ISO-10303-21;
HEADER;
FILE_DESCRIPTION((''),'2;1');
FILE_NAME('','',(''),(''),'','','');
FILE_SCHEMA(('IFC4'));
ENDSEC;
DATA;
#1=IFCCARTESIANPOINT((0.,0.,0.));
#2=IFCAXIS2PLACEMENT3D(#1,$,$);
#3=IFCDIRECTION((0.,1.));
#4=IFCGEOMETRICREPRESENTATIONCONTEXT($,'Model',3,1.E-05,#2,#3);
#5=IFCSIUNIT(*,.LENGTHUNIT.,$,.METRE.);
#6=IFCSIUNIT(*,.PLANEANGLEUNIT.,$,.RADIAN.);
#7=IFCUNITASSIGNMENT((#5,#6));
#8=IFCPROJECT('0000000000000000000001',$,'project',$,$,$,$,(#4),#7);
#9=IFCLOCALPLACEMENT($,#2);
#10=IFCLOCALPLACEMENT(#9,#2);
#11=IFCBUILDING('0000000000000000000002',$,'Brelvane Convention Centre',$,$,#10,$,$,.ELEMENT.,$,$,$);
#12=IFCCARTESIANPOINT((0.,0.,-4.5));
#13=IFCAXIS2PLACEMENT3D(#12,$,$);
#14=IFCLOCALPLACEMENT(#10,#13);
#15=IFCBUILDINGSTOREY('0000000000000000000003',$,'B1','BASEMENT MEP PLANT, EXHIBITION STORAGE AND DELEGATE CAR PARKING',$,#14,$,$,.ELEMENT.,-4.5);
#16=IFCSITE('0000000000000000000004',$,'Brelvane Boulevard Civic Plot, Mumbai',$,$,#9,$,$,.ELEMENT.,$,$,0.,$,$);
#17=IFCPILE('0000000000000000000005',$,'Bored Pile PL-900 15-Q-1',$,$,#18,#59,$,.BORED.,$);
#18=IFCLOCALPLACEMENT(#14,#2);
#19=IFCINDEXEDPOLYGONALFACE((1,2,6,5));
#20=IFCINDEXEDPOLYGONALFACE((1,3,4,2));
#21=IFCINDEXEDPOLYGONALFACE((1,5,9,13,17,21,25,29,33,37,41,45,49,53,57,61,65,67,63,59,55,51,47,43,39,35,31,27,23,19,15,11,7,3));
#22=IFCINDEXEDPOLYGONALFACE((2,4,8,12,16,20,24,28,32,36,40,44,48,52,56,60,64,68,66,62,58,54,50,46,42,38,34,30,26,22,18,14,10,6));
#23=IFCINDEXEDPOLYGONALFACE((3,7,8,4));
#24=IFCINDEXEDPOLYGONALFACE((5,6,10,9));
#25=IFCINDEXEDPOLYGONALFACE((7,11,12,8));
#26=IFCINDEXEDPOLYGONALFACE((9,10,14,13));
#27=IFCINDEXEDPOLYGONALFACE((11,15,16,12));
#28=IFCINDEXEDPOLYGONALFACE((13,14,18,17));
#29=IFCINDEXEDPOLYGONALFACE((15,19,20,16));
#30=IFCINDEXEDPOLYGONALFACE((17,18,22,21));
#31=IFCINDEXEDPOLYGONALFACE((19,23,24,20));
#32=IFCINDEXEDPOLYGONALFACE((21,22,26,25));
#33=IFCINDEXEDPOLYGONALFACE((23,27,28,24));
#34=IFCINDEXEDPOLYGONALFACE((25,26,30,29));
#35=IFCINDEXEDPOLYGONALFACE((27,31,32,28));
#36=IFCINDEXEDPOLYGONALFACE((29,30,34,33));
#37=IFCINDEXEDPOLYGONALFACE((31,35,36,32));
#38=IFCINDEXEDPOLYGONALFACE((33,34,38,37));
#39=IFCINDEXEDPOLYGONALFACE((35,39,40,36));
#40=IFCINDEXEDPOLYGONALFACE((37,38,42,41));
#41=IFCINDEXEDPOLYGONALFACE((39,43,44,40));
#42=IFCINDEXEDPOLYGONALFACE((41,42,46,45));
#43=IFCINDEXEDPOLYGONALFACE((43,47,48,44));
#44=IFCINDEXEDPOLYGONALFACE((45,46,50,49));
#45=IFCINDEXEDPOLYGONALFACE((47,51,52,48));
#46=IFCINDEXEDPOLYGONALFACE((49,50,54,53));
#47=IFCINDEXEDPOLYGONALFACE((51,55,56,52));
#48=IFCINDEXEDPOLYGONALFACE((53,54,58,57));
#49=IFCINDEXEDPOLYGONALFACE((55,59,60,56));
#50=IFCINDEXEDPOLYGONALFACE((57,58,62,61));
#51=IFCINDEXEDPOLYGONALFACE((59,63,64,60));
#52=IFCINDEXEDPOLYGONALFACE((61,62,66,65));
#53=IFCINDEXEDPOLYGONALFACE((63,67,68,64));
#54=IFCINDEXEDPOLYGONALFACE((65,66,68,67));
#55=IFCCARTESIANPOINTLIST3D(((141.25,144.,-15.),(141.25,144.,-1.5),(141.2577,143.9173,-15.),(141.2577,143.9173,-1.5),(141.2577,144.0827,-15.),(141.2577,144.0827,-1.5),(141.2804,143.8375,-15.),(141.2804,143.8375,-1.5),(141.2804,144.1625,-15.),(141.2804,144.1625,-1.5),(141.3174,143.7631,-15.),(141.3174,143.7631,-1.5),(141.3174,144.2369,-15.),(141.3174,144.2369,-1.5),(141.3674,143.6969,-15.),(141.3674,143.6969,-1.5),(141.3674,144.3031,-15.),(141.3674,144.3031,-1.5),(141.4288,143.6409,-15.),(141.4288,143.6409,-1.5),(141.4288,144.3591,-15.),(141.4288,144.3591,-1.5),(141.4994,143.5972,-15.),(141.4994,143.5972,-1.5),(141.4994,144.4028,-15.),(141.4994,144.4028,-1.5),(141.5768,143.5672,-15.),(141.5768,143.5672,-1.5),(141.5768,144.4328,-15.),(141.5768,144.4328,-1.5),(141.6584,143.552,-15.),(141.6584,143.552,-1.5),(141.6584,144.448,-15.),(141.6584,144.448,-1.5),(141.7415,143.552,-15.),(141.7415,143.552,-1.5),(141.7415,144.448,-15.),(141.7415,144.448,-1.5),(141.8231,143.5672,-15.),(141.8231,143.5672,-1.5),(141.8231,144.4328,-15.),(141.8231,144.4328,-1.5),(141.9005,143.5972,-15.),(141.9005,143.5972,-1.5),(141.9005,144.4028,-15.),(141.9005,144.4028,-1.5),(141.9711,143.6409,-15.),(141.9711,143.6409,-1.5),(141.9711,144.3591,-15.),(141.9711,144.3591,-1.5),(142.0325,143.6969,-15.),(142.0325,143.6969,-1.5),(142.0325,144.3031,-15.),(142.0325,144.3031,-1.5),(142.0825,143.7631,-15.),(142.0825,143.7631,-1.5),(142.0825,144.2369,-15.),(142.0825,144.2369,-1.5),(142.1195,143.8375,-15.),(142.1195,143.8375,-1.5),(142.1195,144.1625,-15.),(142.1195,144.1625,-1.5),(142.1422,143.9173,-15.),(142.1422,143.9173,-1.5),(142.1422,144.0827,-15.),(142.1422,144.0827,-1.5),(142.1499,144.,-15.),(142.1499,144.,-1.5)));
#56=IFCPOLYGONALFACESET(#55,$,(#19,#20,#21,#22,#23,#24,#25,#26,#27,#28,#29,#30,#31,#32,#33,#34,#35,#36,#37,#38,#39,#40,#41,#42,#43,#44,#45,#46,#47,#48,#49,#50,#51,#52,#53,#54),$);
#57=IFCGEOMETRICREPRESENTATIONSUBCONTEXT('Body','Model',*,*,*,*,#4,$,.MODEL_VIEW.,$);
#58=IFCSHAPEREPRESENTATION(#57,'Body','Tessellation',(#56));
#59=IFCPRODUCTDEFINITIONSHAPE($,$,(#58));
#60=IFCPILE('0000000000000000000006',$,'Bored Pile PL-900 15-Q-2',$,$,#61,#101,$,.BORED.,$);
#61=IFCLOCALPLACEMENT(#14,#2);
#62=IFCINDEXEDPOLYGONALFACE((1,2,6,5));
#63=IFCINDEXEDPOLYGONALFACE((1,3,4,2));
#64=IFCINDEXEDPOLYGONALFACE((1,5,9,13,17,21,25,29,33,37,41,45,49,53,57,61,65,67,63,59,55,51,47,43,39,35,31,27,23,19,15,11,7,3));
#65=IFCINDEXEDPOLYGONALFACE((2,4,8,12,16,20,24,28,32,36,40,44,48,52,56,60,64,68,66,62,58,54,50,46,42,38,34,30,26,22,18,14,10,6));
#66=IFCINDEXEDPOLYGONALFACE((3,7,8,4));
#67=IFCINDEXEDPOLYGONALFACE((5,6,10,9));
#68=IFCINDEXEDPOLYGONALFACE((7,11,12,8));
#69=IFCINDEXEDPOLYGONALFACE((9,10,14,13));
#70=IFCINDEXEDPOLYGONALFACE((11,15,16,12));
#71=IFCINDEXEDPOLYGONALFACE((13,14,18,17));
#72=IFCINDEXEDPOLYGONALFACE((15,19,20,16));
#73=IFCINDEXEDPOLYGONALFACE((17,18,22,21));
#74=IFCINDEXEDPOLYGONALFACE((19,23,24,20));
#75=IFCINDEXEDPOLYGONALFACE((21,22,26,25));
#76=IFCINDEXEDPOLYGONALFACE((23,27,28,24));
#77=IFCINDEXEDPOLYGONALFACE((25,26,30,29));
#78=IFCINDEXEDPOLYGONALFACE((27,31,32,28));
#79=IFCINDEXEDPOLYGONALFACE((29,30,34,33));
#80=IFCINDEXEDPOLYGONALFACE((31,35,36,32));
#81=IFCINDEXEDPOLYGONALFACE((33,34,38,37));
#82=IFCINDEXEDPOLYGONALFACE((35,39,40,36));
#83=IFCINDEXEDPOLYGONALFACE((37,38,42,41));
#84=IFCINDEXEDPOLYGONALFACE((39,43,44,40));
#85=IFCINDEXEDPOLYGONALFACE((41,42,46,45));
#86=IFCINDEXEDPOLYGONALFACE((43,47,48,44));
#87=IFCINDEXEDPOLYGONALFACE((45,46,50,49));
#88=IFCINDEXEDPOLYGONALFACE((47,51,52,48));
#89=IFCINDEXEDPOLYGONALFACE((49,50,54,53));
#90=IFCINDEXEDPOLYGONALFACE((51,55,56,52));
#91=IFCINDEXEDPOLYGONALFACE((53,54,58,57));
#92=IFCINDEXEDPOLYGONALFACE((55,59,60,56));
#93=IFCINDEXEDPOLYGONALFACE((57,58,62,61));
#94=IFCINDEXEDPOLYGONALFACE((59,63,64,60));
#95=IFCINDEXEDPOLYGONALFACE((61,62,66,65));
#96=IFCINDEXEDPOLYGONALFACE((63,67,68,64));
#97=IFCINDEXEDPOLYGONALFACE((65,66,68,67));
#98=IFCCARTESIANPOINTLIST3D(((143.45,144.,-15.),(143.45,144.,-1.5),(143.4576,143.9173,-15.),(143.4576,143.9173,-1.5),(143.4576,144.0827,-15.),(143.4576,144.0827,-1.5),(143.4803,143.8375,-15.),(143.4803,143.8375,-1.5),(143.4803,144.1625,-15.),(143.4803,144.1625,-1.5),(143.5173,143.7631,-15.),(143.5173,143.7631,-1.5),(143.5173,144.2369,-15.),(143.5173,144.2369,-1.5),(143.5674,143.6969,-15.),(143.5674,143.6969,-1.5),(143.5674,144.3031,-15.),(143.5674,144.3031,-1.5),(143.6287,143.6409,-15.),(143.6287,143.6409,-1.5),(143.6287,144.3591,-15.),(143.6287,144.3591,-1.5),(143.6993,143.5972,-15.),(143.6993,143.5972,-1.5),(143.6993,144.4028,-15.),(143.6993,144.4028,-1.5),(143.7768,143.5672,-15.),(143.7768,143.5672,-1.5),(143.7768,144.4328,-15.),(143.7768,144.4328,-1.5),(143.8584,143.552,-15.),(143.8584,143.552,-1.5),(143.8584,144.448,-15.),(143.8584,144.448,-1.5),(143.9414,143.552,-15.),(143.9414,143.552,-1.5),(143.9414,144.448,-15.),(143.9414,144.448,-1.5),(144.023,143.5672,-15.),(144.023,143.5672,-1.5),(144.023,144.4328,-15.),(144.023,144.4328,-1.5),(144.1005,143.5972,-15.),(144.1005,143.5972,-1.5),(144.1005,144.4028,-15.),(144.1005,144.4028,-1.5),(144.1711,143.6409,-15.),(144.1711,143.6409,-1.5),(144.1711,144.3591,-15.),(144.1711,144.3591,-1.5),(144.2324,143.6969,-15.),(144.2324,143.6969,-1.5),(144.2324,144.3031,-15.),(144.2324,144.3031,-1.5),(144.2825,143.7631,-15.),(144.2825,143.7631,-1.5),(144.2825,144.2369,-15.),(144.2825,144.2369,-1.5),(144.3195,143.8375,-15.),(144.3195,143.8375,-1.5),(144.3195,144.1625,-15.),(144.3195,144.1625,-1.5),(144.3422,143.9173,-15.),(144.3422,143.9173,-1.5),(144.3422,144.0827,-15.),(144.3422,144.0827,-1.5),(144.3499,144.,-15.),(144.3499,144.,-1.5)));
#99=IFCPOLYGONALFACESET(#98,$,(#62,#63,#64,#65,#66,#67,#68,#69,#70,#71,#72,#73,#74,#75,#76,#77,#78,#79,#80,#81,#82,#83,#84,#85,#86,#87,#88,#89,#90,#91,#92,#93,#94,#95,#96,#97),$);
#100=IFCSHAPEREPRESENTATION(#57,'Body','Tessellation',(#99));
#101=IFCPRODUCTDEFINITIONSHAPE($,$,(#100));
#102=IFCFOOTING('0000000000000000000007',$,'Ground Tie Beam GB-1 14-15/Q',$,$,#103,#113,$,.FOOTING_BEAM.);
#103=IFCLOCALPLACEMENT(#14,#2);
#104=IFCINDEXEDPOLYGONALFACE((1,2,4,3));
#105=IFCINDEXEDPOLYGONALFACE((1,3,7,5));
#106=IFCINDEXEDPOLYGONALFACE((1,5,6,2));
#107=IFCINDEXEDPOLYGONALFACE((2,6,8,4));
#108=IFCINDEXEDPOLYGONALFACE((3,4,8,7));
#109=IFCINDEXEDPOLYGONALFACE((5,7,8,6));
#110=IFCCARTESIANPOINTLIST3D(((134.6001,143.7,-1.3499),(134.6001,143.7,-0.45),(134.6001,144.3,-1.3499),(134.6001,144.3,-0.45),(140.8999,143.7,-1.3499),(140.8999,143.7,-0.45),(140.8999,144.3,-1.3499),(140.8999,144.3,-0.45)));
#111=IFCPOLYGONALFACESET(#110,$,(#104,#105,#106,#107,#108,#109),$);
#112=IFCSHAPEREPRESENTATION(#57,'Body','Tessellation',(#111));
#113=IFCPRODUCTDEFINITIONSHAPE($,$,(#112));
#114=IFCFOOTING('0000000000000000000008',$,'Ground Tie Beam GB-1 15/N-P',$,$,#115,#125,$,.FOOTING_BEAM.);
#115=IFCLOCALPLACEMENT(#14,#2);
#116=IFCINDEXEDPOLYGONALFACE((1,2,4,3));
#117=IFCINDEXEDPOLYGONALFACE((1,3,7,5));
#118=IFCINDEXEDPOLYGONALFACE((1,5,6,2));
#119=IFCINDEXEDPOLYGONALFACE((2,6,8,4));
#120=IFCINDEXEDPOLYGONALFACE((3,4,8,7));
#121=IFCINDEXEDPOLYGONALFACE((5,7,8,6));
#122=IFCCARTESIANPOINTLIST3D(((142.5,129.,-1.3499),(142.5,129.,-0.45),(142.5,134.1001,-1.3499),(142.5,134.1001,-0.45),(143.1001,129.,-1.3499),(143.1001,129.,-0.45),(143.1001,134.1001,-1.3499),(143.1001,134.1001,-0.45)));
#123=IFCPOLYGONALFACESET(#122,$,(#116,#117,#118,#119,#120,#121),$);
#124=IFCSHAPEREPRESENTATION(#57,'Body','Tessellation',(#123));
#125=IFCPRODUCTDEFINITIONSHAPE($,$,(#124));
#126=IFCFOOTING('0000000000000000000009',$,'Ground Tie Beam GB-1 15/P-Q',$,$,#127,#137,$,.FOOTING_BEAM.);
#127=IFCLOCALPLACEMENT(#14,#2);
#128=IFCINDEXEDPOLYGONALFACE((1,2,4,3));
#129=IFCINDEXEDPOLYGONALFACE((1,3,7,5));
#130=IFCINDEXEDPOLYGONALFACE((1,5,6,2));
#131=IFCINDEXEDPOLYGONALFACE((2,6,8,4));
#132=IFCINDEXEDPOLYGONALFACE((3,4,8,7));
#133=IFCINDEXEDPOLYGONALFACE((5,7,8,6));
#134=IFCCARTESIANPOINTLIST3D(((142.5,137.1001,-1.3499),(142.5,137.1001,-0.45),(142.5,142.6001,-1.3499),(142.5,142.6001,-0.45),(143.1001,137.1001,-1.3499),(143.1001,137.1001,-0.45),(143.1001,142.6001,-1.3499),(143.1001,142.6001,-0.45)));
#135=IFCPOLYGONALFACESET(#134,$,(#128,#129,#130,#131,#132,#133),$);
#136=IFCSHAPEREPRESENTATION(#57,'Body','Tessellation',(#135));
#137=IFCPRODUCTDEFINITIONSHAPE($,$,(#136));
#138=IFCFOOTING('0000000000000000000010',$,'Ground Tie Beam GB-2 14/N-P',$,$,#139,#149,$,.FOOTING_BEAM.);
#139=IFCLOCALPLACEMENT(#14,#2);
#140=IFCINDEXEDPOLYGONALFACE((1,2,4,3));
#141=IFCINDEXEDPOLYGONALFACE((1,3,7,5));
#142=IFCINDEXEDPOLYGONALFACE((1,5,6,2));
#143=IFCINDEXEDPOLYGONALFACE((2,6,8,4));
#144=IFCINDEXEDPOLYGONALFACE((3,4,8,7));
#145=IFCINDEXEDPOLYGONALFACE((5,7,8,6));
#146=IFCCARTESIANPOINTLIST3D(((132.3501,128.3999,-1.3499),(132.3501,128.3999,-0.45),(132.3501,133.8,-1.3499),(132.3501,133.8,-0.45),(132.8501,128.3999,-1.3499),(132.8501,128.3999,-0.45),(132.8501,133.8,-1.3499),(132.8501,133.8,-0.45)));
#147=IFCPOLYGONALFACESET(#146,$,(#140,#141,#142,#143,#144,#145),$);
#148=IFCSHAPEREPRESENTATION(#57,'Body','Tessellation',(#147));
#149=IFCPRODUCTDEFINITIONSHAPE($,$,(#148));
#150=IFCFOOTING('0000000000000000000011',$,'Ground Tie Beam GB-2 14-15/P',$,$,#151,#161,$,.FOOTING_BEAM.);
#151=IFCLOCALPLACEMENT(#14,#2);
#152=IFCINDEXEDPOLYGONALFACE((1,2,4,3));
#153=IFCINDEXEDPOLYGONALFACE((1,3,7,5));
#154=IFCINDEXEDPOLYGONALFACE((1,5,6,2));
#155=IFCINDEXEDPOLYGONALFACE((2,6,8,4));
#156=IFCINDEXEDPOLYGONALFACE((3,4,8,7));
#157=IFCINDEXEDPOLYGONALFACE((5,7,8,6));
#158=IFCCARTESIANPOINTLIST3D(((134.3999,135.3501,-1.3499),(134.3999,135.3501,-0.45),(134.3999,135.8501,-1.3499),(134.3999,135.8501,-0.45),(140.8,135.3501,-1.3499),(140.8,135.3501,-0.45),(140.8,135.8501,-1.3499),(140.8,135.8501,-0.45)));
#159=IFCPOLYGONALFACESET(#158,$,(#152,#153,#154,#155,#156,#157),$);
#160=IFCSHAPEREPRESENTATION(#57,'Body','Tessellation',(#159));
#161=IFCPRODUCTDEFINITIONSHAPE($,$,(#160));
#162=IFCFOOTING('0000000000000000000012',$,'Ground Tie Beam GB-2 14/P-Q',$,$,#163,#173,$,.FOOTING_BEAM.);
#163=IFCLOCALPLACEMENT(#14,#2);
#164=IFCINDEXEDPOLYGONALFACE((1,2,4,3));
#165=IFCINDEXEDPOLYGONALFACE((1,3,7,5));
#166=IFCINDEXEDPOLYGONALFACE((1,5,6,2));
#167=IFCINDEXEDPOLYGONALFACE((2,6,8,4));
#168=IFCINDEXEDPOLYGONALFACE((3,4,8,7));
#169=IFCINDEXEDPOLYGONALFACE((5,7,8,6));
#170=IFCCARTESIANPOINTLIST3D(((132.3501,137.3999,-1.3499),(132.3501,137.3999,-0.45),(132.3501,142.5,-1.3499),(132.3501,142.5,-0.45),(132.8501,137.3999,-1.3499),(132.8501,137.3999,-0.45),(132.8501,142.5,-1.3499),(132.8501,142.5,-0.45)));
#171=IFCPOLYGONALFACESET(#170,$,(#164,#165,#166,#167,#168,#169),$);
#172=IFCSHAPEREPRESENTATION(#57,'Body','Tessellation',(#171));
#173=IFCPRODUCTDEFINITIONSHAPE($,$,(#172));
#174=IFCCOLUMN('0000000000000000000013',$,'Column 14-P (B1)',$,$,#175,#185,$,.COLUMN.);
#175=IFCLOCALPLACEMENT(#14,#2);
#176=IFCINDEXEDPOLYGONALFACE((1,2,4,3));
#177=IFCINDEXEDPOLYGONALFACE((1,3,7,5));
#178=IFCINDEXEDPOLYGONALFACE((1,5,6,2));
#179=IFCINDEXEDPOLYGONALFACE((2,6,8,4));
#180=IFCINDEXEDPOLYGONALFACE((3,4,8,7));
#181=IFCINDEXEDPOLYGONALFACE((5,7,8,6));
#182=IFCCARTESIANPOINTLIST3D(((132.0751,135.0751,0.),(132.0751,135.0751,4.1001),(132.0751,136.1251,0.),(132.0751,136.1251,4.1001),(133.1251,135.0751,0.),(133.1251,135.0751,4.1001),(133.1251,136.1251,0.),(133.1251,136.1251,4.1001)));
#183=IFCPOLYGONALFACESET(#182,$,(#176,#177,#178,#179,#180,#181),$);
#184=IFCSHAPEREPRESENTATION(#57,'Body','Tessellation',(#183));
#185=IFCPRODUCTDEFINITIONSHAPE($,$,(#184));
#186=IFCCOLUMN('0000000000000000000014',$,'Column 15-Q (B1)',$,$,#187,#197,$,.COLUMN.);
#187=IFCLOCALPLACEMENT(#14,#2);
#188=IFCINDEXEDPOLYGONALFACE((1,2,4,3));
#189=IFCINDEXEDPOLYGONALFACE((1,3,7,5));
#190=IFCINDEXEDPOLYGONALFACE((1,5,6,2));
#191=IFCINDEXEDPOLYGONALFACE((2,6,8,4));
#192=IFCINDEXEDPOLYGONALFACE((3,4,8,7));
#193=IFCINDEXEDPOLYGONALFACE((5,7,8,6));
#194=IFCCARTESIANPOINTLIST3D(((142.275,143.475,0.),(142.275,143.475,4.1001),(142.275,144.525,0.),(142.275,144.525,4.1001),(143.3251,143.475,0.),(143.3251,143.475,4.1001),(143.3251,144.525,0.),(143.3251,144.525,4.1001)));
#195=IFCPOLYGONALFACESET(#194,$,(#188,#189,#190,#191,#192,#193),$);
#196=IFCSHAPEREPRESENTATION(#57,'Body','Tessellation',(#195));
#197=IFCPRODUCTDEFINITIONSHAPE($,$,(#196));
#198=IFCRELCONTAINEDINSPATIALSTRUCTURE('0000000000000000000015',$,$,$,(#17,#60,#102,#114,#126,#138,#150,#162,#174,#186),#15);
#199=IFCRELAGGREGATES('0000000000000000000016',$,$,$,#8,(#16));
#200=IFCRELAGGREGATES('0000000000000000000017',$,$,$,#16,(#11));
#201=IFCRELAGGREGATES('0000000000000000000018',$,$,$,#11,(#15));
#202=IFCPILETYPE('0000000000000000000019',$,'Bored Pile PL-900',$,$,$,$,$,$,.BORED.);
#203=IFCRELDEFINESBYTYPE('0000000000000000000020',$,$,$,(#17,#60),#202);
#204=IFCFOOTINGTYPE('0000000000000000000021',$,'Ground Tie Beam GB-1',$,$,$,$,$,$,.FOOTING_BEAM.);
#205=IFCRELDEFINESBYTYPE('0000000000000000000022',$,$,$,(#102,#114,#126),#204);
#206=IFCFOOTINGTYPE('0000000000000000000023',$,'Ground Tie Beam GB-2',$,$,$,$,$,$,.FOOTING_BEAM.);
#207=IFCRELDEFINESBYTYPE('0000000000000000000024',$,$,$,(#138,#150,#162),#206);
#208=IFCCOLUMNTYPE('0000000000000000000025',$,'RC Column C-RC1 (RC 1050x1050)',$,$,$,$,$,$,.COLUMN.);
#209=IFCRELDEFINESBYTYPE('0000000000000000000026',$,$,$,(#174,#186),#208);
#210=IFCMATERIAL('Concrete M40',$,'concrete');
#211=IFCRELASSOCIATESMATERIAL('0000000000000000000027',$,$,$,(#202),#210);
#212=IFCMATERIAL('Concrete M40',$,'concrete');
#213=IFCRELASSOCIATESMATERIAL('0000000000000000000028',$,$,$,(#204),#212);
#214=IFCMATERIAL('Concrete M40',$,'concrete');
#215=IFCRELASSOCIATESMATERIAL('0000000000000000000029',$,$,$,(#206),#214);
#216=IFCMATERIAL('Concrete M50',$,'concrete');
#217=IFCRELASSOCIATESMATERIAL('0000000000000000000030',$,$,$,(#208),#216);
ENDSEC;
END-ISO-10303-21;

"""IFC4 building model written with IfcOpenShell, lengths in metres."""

from ifc_helpers import new_model, si_unit, direction, frame, origin, origin_2d, place, context, subcontext, project, spatial, rectangle, circle, extrude, material, material_profile, profile_set, type_object, element, save


model = new_model("IFC4")

# Units and contexts
model_context = context("Model", 3, precision=1e-05, world=origin(), true_north=direction((0.0, 1.0)))
body_context = subcontext(model_context, "Body", "Model", "MODEL_VIEW")
ifc_project = project(units=[si_unit("LENGTHUNIT", "METRE"), si_unit("PLANEANGLEUNIT", "RADIAN")], contexts=[model_context])

# Site, building, storey
site_placement = place(None, origin())
site = spatial("IfcSite", under=ifc_project, at=site_placement, Name="Brelvane Boulevard Civic Plot, Mumbai", CompositionType="ELEMENT", RefElevation=0.0)
building_placement = place(site_placement, origin())
building = spatial("IfcBuilding", under=site, at=building_placement, Name="Brelvane Convention Centre", CompositionType="ELEMENT")
storey_placement = place(building_placement, frame((0.0, 0.0, -4.5)))
storey = spatial("IfcBuildingStorey", under=building, at=storey_placement, Name="B1", Description="BASEMENT MEP PLANT, EXHIBITION STORAGE AND DELEGATE CAR PARKING", CompositionType="ELEMENT", Elevation=-4.5)

# Piles
ifc_material_1 = material(Name="Concrete M40", Category="concrete")
ifc_material_profile_1 = material_profile(ifc_material_1, circle(Radius=0.45, at=origin_2d()), Name="PILE D900")
ifc_profile_set_1 = profile_set([ifc_material_profile_1], Name="Concrete M40")
pile_type = type_object("IfcPileType", Name="Bored Pile PL-900", PredefinedType="BORED", material=ifc_profile_set_1)
for number, where, z_axis, x_axis, name in (
    (1, (141.7, 144.0, -1.5), (0.0, 0.0, -1.0), (1.0, 0.0, 0.0), "Bored Pile PL-900 15-Q-1"),
    (2, (143.8999, 144.0, -1.5), (0.0, 0.0, -1.0), (1.0, 0.0, 0.0), "Bored Pile PL-900 15-Q-2"),
):
    element("IfcPile", number, at=place(storey_placement, frame(where, z_axis=z_axis, x_axis=x_axis)), inside=storey, type_object=pile_type, Name=name, PredefinedType="BORED", context=body_context, shape_type="SweptSolid", body=[
        extrude(circle(Radius=0.45, at=origin_2d()), origin(), (0.0, 0.0, 1.0), 13.5),
    ])

# Footings
ifc_material_2 = material(Name="Concrete M40", Category="concrete")
ifc_material_profile_2 = material_profile(ifc_material_2, rectangle(XDim=0.6001, YDim=0.8999, at=origin_2d()), Name="RC 600x900")
ifc_profile_set_2 = profile_set([ifc_material_profile_2], Name="Concrete M40")
footing_type_1 = type_object("IfcFootingType", Name="Ground Tie Beam GB-1", PredefinedType="FOOTING_BEAM", material=ifc_profile_set_2)
footing_1_placement = place(storey_placement, frame((134.6001, 144.0, -0.8999), z_axis=(1.0, 0.0, 0.0), x_axis=(0.0, 1.0, 0.0)))
element("IfcFooting", 3, at=footing_1_placement, inside=storey, type_object=footing_type_1, Name="Ground Tie Beam GB-1 14-15/Q", PredefinedType="FOOTING_BEAM", context=body_context, shape_type="SweptSolid", body=[
    extrude(rectangle(XDim=0.6001, YDim=0.8999, at=origin_2d()), origin(), (0.0, 0.0, 1.0), 6.2998),
])
footing_2_placement = place(storey_placement, frame((142.8, 129.0, -0.8999), z_axis=(0.0, 1.0, 0.0), x_axis=(-1.0, 0.0, 0.0)))
element("IfcFooting", 4, at=footing_2_placement, inside=storey, type_object=footing_type_1, Name="Ground Tie Beam GB-1 15/N-P", PredefinedType="FOOTING_BEAM", context=body_context, shape_type="SweptSolid", body=[
    extrude(rectangle(XDim=0.6001, YDim=0.8999, at=origin_2d()), origin(), (0.0, 0.0, 1.0), 5.1001),
])
footing_3_placement = place(storey_placement, frame((142.8, 137.1001, -0.8999), z_axis=(0.0, 1.0, 0.0), x_axis=(-1.0, 0.0, 0.0)))
element("IfcFooting", 5, at=footing_3_placement, inside=storey, type_object=footing_type_1, Name="Ground Tie Beam GB-1 15/P-Q", PredefinedType="FOOTING_BEAM", context=body_context, shape_type="SweptSolid", body=[
    extrude(rectangle(XDim=0.6001, YDim=0.8999, at=origin_2d()), origin(), (0.0, 0.0, 1.0), 5.5),
])
ifc_material_3 = material(Name="Concrete M40", Category="concrete")
ifc_material_profile_3 = material_profile(ifc_material_3, rectangle(XDim=0.5, YDim=0.8999, at=origin_2d()), Name="RC 500x900")
ifc_profile_set_3 = profile_set([ifc_material_profile_3], Name="Concrete M40")
footing_type_2 = type_object("IfcFootingType", Name="Ground Tie Beam GB-2", PredefinedType="FOOTING_BEAM", material=ifc_profile_set_3)
footing_4_placement = place(storey_placement, frame((132.6001, 128.3999, -0.8999), z_axis=(0.0, 1.0, 0.0), x_axis=(-1.0, 0.0, 0.0)))
element("IfcFooting", 6, at=footing_4_placement, inside=storey, type_object=footing_type_2, Name="Ground Tie Beam GB-2 14/N-P", PredefinedType="FOOTING_BEAM", context=body_context, shape_type="SweptSolid", body=[
    extrude(rectangle(XDim=0.5, YDim=0.8999, at=origin_2d()), origin(), (0.0, 0.0, 1.0), 5.4001),
])
footing_5_placement = place(storey_placement, frame((134.3999, 135.6001, -0.8999), z_axis=(1.0, 0.0, 0.0), x_axis=(0.0, 1.0, 0.0)))
element("IfcFooting", 7, at=footing_5_placement, inside=storey, type_object=footing_type_2, Name="Ground Tie Beam GB-2 14-15/P", PredefinedType="FOOTING_BEAM", context=body_context, shape_type="SweptSolid", body=[
    extrude(rectangle(XDim=0.5, YDim=0.8999, at=origin_2d()), origin(), (0.0, 0.0, 1.0), 6.4001),
])
footing_6_placement = place(storey_placement, frame((132.6001, 137.3999, -0.8999), z_axis=(0.0, 1.0, 0.0), x_axis=(-1.0, 0.0, 0.0)))
element("IfcFooting", 8, at=footing_6_placement, inside=storey, type_object=footing_type_2, Name="Ground Tie Beam GB-2 14/P-Q", PredefinedType="FOOTING_BEAM", context=body_context, shape_type="SweptSolid", body=[
    extrude(rectangle(XDim=0.5, YDim=0.8999, at=origin_2d()), origin(), (0.0, 0.0, 1.0), 5.1001),
])

# Columns
ifc_material_4 = material(Name="Concrete M50", Category="concrete")
ifc_material_profile_4 = material_profile(ifc_material_4, rectangle(XDim=1.05, YDim=1.05, at=origin_2d()), Name="RC 1050x1050")
ifc_profile_set_4 = profile_set([ifc_material_profile_4], Name="Concrete M50")
column_type_1 = type_object("IfcColumnType", Name="RC Column C-RC1 (RC 1050x1050)", PredefinedType="COLUMN", material=ifc_profile_set_4)
for number, where, z_axis, x_axis, name in (
    (9, (132.6001, 135.6001, 0.0), (0.0, 0.0, 1.0), (1.0, 0.0, 0.0), "Column 14-P (B1)"),
    (10, (142.8, 144.0, 0.0), (0.0, 0.0, 1.0), (1.0, 0.0, 0.0), "Column 15-Q (B1)"),
):
    element("IfcColumn", number, at=place(storey_placement, frame(where, z_axis=z_axis, x_axis=x_axis)), inside=storey, type_object=column_type_1, Name=name, PredefinedType="COLUMN", context=body_context, shape_type="SweptSolid", body=[
        extrude(rectangle(XDim=1.05, YDim=1.05, at=origin_2d()), origin(), (0.0, 0.0, 1.0), 4.1001),
    ])

save(model, "model.ifc")
